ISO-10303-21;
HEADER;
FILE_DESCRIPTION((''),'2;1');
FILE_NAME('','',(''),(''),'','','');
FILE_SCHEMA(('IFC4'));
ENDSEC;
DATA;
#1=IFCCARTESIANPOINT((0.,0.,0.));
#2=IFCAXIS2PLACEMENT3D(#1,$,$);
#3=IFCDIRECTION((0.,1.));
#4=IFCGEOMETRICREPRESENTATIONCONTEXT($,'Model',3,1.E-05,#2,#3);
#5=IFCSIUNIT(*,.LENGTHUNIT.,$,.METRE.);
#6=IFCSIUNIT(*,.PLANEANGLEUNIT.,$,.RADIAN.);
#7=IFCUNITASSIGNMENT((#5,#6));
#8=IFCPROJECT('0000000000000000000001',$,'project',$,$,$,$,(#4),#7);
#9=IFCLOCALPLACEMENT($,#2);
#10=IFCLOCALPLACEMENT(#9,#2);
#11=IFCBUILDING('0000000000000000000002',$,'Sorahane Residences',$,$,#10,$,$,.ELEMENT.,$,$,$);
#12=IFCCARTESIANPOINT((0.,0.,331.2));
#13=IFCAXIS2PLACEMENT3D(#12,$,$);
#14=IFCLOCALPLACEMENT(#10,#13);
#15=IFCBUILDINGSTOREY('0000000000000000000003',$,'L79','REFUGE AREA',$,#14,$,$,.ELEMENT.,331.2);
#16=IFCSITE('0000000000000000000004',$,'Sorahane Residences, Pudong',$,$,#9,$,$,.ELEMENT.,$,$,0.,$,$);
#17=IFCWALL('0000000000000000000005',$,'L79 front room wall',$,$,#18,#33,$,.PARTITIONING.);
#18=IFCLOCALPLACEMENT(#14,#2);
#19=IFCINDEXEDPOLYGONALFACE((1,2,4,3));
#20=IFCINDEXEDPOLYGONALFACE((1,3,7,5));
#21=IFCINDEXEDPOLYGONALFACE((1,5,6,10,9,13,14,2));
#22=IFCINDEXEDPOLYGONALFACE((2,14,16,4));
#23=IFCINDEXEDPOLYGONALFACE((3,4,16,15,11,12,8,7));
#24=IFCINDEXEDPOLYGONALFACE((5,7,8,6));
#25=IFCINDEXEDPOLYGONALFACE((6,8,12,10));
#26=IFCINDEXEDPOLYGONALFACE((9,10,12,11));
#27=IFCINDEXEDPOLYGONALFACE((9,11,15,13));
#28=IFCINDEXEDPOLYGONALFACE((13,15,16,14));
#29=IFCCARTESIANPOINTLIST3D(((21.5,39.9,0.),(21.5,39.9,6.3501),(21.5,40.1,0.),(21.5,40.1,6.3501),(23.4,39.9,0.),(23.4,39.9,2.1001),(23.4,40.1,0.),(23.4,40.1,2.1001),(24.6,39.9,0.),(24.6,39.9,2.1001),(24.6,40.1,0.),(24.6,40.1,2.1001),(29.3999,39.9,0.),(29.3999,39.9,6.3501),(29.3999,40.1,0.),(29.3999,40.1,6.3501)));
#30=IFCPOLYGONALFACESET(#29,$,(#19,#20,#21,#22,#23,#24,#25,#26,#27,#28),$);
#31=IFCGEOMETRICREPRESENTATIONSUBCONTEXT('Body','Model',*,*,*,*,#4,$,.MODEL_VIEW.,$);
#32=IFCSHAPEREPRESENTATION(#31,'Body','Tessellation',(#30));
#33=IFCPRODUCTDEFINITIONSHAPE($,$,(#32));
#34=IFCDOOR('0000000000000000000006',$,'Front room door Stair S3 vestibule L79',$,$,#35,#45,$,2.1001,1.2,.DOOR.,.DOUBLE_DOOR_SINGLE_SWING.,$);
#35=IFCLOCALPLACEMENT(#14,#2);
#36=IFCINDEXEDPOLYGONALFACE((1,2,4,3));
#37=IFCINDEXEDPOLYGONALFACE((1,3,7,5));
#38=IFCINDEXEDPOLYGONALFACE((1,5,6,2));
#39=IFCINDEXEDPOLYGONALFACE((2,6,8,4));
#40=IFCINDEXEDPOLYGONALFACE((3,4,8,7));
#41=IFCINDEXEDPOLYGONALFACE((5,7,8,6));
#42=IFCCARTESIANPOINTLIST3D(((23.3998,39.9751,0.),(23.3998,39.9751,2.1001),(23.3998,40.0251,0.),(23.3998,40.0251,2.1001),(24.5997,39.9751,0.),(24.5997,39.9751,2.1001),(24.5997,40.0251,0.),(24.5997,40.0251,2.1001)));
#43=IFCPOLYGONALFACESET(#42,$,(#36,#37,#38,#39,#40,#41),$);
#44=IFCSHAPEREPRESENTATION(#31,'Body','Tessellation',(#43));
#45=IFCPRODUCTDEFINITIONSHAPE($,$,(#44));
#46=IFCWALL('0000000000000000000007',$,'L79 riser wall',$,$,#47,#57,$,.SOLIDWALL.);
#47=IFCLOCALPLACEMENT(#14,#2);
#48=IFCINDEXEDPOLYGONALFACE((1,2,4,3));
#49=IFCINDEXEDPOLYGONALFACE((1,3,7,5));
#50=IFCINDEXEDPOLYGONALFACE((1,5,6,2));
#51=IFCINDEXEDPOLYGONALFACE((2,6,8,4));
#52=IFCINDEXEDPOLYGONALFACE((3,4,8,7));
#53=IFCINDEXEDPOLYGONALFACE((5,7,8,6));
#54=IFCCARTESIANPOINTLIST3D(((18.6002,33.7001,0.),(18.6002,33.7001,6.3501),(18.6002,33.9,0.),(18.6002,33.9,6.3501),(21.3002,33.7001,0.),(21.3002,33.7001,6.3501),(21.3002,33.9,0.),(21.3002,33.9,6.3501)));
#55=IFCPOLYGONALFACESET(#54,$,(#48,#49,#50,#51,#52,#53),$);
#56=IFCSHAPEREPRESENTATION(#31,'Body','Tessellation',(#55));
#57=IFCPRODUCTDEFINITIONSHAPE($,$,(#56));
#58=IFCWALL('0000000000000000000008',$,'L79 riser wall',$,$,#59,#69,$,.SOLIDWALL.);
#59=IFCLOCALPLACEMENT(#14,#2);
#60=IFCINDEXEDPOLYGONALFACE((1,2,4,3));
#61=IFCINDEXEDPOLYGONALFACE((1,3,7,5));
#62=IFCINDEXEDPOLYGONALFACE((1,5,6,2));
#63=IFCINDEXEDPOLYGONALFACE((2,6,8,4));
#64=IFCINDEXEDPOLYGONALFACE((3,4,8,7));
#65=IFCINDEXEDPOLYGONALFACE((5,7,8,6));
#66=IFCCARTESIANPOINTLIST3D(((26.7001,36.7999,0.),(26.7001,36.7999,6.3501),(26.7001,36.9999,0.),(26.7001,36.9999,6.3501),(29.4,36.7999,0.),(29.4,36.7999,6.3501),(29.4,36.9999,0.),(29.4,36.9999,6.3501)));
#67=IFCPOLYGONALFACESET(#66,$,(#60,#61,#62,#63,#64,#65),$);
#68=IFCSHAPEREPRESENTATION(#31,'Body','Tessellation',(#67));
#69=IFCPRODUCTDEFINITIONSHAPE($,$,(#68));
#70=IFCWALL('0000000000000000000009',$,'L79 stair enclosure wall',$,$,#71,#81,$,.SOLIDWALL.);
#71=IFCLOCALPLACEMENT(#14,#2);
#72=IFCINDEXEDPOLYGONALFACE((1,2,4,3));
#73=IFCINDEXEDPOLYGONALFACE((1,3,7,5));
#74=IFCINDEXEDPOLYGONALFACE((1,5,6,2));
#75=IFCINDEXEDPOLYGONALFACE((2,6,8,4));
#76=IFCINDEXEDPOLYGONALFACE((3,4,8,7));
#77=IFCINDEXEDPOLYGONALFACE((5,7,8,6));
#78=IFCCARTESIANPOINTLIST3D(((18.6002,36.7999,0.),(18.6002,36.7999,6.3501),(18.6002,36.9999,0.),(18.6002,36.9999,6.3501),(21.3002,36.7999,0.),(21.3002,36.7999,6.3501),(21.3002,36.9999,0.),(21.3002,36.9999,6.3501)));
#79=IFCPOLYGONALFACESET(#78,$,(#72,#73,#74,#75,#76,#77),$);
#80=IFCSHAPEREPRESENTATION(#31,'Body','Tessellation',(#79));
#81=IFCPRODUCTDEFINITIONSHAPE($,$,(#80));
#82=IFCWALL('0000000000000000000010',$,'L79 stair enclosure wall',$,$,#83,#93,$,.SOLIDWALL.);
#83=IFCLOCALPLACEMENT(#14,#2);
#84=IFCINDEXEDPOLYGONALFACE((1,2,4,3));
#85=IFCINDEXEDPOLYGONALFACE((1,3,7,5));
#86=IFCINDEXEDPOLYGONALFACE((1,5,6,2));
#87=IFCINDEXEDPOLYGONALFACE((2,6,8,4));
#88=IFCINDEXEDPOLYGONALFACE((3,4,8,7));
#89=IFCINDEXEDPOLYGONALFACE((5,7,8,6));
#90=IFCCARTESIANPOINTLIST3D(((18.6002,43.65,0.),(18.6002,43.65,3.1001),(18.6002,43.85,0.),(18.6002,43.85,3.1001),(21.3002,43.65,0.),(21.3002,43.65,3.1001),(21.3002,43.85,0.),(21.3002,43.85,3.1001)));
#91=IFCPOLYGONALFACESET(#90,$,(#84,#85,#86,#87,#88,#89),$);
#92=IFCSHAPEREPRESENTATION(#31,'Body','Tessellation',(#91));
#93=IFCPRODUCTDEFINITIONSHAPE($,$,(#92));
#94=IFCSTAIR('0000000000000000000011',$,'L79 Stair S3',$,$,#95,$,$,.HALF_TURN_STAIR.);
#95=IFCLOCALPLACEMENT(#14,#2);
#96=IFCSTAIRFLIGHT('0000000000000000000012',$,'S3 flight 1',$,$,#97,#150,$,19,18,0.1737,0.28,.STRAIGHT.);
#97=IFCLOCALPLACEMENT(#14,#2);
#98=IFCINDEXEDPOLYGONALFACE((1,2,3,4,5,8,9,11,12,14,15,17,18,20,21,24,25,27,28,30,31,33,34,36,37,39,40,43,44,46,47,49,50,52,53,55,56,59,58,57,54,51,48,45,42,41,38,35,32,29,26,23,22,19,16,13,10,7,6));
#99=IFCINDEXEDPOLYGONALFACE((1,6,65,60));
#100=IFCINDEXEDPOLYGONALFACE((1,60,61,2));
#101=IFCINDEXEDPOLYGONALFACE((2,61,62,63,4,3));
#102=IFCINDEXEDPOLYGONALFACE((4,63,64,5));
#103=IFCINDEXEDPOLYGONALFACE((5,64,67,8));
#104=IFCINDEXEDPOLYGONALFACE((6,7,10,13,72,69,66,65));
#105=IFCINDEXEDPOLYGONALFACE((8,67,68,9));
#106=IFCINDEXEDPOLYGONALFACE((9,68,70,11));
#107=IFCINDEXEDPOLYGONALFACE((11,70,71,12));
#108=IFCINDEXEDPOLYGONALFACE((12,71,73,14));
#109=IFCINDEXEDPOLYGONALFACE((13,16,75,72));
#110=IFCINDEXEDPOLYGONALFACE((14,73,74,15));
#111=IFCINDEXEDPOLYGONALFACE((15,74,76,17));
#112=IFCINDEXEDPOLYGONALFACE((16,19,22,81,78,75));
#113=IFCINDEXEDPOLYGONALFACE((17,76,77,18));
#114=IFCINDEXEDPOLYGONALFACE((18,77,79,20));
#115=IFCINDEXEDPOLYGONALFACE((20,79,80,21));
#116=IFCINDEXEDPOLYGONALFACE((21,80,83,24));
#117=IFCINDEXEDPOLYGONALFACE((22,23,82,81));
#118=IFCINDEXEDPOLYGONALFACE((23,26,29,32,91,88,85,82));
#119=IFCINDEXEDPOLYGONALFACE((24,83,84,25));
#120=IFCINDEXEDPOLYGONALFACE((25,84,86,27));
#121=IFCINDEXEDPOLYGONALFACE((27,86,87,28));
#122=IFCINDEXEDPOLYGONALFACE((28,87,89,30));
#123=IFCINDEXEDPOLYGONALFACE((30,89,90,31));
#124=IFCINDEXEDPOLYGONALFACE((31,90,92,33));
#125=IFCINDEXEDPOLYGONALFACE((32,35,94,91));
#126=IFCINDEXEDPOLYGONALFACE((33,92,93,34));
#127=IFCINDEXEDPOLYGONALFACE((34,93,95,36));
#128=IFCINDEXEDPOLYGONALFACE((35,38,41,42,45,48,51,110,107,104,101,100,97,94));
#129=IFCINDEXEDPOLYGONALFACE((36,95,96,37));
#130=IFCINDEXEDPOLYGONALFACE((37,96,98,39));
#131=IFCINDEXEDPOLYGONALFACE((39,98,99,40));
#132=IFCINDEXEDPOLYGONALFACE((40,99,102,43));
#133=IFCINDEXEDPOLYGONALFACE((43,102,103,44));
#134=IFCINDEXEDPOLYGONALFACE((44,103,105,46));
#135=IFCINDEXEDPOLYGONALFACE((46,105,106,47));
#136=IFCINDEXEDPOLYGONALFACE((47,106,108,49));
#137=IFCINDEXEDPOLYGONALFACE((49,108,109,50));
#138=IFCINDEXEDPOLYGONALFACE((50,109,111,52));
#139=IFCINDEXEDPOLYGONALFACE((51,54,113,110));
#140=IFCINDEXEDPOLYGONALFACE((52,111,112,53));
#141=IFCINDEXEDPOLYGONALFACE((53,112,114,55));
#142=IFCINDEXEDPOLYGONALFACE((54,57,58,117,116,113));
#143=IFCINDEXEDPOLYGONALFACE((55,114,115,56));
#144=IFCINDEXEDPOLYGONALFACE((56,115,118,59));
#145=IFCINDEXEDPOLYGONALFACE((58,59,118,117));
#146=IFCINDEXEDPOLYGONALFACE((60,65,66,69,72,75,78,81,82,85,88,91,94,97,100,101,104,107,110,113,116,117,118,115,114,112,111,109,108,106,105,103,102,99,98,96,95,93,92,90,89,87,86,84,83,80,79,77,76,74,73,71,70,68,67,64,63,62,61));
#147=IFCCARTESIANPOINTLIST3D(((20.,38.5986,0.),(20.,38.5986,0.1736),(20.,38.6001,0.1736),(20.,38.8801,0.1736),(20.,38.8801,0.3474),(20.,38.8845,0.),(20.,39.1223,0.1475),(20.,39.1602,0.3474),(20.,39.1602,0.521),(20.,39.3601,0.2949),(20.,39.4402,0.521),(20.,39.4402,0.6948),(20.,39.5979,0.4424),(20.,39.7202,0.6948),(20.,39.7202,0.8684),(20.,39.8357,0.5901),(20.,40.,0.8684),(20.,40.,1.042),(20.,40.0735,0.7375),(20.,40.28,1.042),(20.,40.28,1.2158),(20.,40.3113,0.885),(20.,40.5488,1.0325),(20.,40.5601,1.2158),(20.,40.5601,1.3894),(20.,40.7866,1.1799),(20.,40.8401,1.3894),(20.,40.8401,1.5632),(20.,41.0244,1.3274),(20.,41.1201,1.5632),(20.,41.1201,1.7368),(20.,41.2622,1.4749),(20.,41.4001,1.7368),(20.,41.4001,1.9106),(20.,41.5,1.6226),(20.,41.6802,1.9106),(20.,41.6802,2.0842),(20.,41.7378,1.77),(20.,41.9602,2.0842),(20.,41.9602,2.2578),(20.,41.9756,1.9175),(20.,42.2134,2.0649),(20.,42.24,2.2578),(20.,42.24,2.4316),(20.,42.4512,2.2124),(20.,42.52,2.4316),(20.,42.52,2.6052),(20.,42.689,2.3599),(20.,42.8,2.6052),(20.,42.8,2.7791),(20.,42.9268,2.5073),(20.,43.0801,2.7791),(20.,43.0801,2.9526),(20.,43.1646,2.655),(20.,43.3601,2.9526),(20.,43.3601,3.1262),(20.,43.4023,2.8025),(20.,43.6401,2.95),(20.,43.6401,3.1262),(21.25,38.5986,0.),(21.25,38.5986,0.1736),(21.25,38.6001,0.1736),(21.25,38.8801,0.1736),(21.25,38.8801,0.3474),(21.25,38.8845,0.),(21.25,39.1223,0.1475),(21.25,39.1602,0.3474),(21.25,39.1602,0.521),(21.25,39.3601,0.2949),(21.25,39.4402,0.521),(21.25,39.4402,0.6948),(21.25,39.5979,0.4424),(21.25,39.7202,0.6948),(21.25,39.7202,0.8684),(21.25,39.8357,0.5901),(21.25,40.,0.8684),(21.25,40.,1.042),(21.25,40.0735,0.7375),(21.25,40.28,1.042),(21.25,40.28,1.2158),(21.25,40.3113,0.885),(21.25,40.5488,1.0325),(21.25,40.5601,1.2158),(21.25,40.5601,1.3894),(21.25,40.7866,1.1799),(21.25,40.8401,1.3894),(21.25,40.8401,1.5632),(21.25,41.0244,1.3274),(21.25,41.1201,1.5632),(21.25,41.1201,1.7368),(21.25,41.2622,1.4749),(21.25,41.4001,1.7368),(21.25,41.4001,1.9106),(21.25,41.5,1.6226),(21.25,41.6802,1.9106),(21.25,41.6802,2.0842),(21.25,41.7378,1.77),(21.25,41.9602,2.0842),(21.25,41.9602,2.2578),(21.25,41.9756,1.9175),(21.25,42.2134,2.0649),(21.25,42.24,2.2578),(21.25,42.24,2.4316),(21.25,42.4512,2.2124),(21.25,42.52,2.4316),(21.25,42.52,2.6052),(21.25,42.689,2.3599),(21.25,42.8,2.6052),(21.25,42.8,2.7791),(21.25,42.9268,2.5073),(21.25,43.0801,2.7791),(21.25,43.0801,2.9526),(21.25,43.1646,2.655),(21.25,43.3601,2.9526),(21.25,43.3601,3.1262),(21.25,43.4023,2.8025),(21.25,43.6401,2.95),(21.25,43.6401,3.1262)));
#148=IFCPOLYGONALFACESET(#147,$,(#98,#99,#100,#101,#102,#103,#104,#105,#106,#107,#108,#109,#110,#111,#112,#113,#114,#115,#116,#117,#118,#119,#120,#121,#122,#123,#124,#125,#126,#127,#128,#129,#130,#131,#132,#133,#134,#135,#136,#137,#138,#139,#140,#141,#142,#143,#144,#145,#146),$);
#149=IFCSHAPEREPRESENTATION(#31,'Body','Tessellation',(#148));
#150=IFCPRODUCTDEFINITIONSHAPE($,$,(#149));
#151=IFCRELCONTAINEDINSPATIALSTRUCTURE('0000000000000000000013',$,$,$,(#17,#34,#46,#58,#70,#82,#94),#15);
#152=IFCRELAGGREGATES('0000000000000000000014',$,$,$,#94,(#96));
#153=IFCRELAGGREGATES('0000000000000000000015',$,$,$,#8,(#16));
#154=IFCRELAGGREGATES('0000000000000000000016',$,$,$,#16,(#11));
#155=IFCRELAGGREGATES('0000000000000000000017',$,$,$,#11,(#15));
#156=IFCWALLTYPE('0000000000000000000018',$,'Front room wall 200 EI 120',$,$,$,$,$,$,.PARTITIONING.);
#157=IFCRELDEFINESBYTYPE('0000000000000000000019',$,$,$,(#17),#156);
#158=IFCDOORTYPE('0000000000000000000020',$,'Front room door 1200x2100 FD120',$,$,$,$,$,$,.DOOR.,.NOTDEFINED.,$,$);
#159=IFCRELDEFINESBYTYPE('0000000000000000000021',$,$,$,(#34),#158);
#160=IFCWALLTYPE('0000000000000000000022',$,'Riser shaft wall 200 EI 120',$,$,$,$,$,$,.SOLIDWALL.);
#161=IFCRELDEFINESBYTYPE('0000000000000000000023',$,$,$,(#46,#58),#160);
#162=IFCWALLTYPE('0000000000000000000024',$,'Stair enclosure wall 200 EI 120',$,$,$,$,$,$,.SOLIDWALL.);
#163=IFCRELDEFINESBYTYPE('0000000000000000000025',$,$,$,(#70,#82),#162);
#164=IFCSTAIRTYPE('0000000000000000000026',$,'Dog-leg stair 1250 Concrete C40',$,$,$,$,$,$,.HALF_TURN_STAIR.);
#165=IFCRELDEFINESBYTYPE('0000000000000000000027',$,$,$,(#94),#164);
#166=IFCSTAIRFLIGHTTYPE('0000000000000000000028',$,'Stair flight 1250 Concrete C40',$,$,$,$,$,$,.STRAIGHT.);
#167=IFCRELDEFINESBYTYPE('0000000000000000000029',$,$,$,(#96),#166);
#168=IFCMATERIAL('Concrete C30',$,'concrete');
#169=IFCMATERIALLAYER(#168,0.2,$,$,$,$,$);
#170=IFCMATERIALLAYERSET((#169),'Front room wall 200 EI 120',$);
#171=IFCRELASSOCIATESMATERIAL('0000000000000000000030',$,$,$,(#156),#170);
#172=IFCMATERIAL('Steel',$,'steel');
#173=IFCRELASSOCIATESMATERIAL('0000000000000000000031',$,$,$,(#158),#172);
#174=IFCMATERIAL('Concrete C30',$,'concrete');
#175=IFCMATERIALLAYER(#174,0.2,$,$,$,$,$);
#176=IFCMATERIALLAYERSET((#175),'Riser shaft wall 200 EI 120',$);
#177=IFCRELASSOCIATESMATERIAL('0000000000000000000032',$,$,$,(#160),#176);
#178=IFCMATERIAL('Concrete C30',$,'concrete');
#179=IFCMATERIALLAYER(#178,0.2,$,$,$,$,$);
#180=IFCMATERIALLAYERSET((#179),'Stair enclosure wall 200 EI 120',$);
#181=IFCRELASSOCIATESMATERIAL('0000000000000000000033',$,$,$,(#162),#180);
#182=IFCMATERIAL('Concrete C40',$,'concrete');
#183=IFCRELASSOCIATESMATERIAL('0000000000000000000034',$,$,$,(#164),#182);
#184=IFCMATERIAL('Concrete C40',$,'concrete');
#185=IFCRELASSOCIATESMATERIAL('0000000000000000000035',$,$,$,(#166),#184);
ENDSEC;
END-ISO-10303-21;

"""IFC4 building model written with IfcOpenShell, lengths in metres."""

from ifc_helpers import new_model, si_unit, direction, frame, frame_2d, origin, place, context, subcontext, project, spatial, polyline, rectangle, outline, extrude, material, layer, layer_set, type_object, element, fill, aggregate, save


model = new_model("IFC4")

# Units and contexts
model_context = context("Model", 3, precision=1e-05, world=origin(), true_north=direction((0.0, 1.0)))
body_context = subcontext(model_context, "Body", "Model", "MODEL_VIEW")
ifc_project = project(units=[si_unit("LENGTHUNIT", "METRE"), si_unit("PLANEANGLEUNIT", "RADIAN")], contexts=[model_context])

# Site, building, storey
site_placement = place(None, origin())
site = spatial("IfcSite", under=ifc_project, at=site_placement, Name="Sorahane Residences, Pudong", CompositionType="ELEMENT", RefElevation=0.0)
building_placement = place(site_placement, origin())
building = spatial("IfcBuilding", under=site, at=building_placement, Name="Sorahane Residences", CompositionType="ELEMENT")
storey_placement = place(building_placement, frame((0.0, 0.0, 331.2)))
storey = spatial("IfcBuildingStorey", under=building, at=storey_placement, Name="L79", Description="REFUGE AREA", CompositionType="ELEMENT", Elevation=331.2)

# Wall, opening, door
ifc_material_1 = material(Name="Concrete C30", Category="concrete")
ifc_layer_1 = layer(ifc_material_1, 0.2)
ifc_layer_set_1 = layer_set([ifc_layer_1], Name="Front room wall 200 EI 120")
wall_type_1 = type_object("IfcWallType", Name="Front room wall 200 EI 120", PredefinedType="PARTITIONING", material=ifc_layer_set_1)
wall_1_placement = place(storey_placement, frame((21.5, 40.0, 0.0), z_axis=(0.0, 0.0, 1.0), x_axis=(1.0, 0.0, 0.0)))
wall_1 = element("IfcWall", 1, at=wall_1_placement, inside=storey, type_object=wall_type_1, Name="L79 front room wall", PredefinedType="PARTITIONING", context=body_context, shape_type="SweptSolid", body=[
    extrude(rectangle(XDim=7.8999, YDim=0.2, at=frame_2d((3.95, 0.0))), origin(), (0.0, 0.0, 1.0), 6.3501),
])
opening_placement = place(wall_1_placement, frame((1.8999, 0.0, 0.0)))
opening = element("IfcOpeningElement", 2, at=opening_placement, cuts=wall_1, PredefinedType="OPENING", context=body_context, shape_type="SweptSolid", body=[
    extrude(rectangle(XDim=1.2, YDim=2.1001, at=frame_2d((0.6001, 1.05))), frame((0.0, 0.1099, 0.0), z_axis=(0.0, -1.0, 0.0), x_axis=(1.0, 0.0, 0.0)), (0.0, 0.0, 1.0), 0.22),
])
ifc_material_2 = material(Name="Steel", Category="steel")
door_type = type_object("IfcDoorType", Name="Front room door 1200x2100 FD120", OperationType="NOTDEFINED", PredefinedType="DOOR", material=ifc_material_2)
door_placement = place(opening_placement, frame((1.2, 0.0, 0.0), z_axis=(0.0, 0.0, 1.0), x_axis=(-1.0, 0.0, 0.0)))
door = element("IfcDoor", 3, at=door_placement, inside=storey, type_object=door_type, Name="Front room door Stair S3 vestibule L79", OperationType="DOUBLE_DOOR_SINGLE_SWING", OverallHeight=2.1001, OverallWidth=1.2, PredefinedType="DOOR", context=body_context, shape_type="SweptSolid", body=[
    extrude(rectangle(XDim=1.2, YDim=2.1001, at=frame_2d((0.6001, 1.05))), frame((0.0, 0.0249, 0.0), z_axis=(0.0, -1.0, 0.0), x_axis=(1.0, 0.0, 0.0)), (0.0, 0.0, 1.0), 0.05),
])
fill(opening, door)

# Walls
ifc_material_3 = material(Name="Concrete C30", Category="concrete")
ifc_layer_2 = layer(ifc_material_3, 0.2)
ifc_layer_set_2 = layer_set([ifc_layer_2], Name="Riser shaft wall 200 EI 120")
wall_type_2 = type_object("IfcWallType", Name="Riser shaft wall 200 EI 120", PredefinedType="SOLIDWALL", material=ifc_layer_set_2)
for number, where, z_axis, x_axis, name in (
    (4, (18.6001, 33.8, 0.0), (0.0, 0.0, 1.0), (1.0, 0.0, 0.0), "L79 riser wall"),
    (5, (26.7, 36.8999, 0.0), (0.0, 0.0, 1.0), (1.0, 0.0, 0.0), "L79 riser wall"),
):
    element("IfcWall", number, at=place(storey_placement, frame(where, z_axis=z_axis, x_axis=x_axis)), inside=storey, type_object=wall_type_2, Name=name, PredefinedType="SOLIDWALL", context=body_context, shape_type="SweptSolid", body=[
        extrude(rectangle(XDim=2.7, YDim=0.2, at=frame_2d((1.3501, 0.0))), origin(), (0.0, 0.0, 1.0), 6.3501),
    ])
ifc_material_4 = material(Name="Concrete C30", Category="concrete")
ifc_layer_3 = layer(ifc_material_4, 0.2)
ifc_layer_set_3 = layer_set([ifc_layer_3], Name="Stair enclosure wall 200 EI 120")
wall_type_3 = type_object("IfcWallType", Name="Stair enclosure wall 200 EI 120", PredefinedType="SOLIDWALL", material=ifc_layer_set_3)
wall_2_placement = place(storey_placement, frame((18.6001, 36.8999, 0.0), z_axis=(0.0, 0.0, 1.0), x_axis=(1.0, 0.0, 0.0)))
element("IfcWall", 6, at=wall_2_placement, inside=storey, type_object=wall_type_3, Name="L79 stair enclosure wall", PredefinedType="SOLIDWALL", context=body_context, shape_type="SweptSolid", body=[
    extrude(rectangle(XDim=2.7, YDim=0.2, at=frame_2d((1.3501, 0.0))), origin(), (0.0, 0.0, 1.0), 6.3501),
])
wall_3_placement = place(storey_placement, frame((18.6001, 43.75, 0.0), z_axis=(0.0, 0.0, 1.0), x_axis=(1.0, 0.0, 0.0)))
element("IfcWall", 7, at=wall_3_placement, inside=storey, type_object=wall_type_3, Name="L79 stair enclosure wall", PredefinedType="SOLIDWALL", context=body_context, shape_type="SweptSolid", body=[
    extrude(rectangle(XDim=2.7, YDim=0.2, at=frame_2d((1.3501, 0.0))), origin(), (0.0, 0.0, 1.0), 3.1001),
])

# Stair, stair flight
ifc_material_5 = material(Name="Concrete C40", Category="concrete")
stair_type = type_object("IfcStairType", Name="Dog-leg stair 1250 Concrete C40", PredefinedType="HALF_TURN_STAIR", material=ifc_material_5)
stair_placement = place(storey_placement, origin())
stair = element("IfcStair", 8, at=stair_placement, inside=storey, type_object=stair_type, Name="L79 Stair S3", PredefinedType="HALF_TURN_STAIR")
ifc_material_6 = material(Name="Concrete C40", Category="concrete")
stair_flight_type = type_object("IfcStairFlightType", Name="Stair flight 1250 Concrete C40", PredefinedType="STRAIGHT", material=ifc_material_6)
stair_flight_1_placement = place(storey_placement, frame((20.625, 38.6001, 0.0), z_axis=(0.0, 0.0, 1.0), x_axis=(0.0, 1.0, 0.0)))
stair_flight_1 = element("IfcStairFlight", 9, at=stair_flight_1_placement, type_object=stair_flight_type, Name="S3 flight 1", NumberOfRisers=19, NumberOfTreads=18, PredefinedType="STRAIGHT", RiserHeight=0.1737, TreadLength=0.28, context=body_context, shape_type="SweptSolid", body=[
    extrude(outline(polyline([(-0.0015, 0.0), (-0.0015, 0.1736), (0.0, 0.1736), (0.28, 0.1736), (0.28, 0.3474), (0.5601, 0.3474), (0.5601, 0.521), (0.8401, 0.521), (0.8401, 0.6948), (1.1201, 0.6948), (1.1201, 0.8684), (1.3999, 0.8684), (1.3999, 1.042), (1.6799, 1.042), (1.6799, 1.2158), (1.96, 1.2158), (1.96, 1.3894), (2.24, 1.3894), (2.24, 1.5632), (2.52, 1.5632), (2.52, 1.7368), (2.8, 1.7368), (2.8, 1.9106), (3.0801, 1.9106), (3.0801, 2.0842), (3.3601, 2.0842), (3.3601, 2.2578), (3.6399, 2.2578), (3.6399, 2.4316), (3.9199, 2.4316), (3.9199, 2.6052), (4.2, 2.6052), (4.2, 2.7791), (4.48, 2.7791), (4.48, 2.9526), (4.76, 2.9526), (4.76, 3.1262), (5.04, 3.1262), (5.04, 3.3), (5.04, 2.95), (4.8022, 2.8025), (4.5645, 2.655), (4.3267, 2.5073), (4.0889, 2.3599), (3.8511, 2.2124), (3.6133, 2.0649), (3.3755, 1.9175), (3.1377, 1.77), (2.8999, 1.6226), (2.6621, 1.4749), (2.4243, 1.3274), (2.1865, 1.1799), (1.9487, 1.0325), (1.7112, 0.885), (1.4734, 0.7375), (1.2356, 0.5901), (0.9978, 0.4424), (0.76, 0.2949), (0.5222, 0.1475), (0.2844, 0.0), (-0.0015, 0.0)])), frame((0.0, 0.625, 0.0), z_axis=(0.0, -1.0, 0.0), x_axis=(1.0, 0.0, 0.0)), (0.0, 0.0, 1.0), 1.25),
])
aggregate(stair, [stair_flight_1])

save(model, "model.ifc")
